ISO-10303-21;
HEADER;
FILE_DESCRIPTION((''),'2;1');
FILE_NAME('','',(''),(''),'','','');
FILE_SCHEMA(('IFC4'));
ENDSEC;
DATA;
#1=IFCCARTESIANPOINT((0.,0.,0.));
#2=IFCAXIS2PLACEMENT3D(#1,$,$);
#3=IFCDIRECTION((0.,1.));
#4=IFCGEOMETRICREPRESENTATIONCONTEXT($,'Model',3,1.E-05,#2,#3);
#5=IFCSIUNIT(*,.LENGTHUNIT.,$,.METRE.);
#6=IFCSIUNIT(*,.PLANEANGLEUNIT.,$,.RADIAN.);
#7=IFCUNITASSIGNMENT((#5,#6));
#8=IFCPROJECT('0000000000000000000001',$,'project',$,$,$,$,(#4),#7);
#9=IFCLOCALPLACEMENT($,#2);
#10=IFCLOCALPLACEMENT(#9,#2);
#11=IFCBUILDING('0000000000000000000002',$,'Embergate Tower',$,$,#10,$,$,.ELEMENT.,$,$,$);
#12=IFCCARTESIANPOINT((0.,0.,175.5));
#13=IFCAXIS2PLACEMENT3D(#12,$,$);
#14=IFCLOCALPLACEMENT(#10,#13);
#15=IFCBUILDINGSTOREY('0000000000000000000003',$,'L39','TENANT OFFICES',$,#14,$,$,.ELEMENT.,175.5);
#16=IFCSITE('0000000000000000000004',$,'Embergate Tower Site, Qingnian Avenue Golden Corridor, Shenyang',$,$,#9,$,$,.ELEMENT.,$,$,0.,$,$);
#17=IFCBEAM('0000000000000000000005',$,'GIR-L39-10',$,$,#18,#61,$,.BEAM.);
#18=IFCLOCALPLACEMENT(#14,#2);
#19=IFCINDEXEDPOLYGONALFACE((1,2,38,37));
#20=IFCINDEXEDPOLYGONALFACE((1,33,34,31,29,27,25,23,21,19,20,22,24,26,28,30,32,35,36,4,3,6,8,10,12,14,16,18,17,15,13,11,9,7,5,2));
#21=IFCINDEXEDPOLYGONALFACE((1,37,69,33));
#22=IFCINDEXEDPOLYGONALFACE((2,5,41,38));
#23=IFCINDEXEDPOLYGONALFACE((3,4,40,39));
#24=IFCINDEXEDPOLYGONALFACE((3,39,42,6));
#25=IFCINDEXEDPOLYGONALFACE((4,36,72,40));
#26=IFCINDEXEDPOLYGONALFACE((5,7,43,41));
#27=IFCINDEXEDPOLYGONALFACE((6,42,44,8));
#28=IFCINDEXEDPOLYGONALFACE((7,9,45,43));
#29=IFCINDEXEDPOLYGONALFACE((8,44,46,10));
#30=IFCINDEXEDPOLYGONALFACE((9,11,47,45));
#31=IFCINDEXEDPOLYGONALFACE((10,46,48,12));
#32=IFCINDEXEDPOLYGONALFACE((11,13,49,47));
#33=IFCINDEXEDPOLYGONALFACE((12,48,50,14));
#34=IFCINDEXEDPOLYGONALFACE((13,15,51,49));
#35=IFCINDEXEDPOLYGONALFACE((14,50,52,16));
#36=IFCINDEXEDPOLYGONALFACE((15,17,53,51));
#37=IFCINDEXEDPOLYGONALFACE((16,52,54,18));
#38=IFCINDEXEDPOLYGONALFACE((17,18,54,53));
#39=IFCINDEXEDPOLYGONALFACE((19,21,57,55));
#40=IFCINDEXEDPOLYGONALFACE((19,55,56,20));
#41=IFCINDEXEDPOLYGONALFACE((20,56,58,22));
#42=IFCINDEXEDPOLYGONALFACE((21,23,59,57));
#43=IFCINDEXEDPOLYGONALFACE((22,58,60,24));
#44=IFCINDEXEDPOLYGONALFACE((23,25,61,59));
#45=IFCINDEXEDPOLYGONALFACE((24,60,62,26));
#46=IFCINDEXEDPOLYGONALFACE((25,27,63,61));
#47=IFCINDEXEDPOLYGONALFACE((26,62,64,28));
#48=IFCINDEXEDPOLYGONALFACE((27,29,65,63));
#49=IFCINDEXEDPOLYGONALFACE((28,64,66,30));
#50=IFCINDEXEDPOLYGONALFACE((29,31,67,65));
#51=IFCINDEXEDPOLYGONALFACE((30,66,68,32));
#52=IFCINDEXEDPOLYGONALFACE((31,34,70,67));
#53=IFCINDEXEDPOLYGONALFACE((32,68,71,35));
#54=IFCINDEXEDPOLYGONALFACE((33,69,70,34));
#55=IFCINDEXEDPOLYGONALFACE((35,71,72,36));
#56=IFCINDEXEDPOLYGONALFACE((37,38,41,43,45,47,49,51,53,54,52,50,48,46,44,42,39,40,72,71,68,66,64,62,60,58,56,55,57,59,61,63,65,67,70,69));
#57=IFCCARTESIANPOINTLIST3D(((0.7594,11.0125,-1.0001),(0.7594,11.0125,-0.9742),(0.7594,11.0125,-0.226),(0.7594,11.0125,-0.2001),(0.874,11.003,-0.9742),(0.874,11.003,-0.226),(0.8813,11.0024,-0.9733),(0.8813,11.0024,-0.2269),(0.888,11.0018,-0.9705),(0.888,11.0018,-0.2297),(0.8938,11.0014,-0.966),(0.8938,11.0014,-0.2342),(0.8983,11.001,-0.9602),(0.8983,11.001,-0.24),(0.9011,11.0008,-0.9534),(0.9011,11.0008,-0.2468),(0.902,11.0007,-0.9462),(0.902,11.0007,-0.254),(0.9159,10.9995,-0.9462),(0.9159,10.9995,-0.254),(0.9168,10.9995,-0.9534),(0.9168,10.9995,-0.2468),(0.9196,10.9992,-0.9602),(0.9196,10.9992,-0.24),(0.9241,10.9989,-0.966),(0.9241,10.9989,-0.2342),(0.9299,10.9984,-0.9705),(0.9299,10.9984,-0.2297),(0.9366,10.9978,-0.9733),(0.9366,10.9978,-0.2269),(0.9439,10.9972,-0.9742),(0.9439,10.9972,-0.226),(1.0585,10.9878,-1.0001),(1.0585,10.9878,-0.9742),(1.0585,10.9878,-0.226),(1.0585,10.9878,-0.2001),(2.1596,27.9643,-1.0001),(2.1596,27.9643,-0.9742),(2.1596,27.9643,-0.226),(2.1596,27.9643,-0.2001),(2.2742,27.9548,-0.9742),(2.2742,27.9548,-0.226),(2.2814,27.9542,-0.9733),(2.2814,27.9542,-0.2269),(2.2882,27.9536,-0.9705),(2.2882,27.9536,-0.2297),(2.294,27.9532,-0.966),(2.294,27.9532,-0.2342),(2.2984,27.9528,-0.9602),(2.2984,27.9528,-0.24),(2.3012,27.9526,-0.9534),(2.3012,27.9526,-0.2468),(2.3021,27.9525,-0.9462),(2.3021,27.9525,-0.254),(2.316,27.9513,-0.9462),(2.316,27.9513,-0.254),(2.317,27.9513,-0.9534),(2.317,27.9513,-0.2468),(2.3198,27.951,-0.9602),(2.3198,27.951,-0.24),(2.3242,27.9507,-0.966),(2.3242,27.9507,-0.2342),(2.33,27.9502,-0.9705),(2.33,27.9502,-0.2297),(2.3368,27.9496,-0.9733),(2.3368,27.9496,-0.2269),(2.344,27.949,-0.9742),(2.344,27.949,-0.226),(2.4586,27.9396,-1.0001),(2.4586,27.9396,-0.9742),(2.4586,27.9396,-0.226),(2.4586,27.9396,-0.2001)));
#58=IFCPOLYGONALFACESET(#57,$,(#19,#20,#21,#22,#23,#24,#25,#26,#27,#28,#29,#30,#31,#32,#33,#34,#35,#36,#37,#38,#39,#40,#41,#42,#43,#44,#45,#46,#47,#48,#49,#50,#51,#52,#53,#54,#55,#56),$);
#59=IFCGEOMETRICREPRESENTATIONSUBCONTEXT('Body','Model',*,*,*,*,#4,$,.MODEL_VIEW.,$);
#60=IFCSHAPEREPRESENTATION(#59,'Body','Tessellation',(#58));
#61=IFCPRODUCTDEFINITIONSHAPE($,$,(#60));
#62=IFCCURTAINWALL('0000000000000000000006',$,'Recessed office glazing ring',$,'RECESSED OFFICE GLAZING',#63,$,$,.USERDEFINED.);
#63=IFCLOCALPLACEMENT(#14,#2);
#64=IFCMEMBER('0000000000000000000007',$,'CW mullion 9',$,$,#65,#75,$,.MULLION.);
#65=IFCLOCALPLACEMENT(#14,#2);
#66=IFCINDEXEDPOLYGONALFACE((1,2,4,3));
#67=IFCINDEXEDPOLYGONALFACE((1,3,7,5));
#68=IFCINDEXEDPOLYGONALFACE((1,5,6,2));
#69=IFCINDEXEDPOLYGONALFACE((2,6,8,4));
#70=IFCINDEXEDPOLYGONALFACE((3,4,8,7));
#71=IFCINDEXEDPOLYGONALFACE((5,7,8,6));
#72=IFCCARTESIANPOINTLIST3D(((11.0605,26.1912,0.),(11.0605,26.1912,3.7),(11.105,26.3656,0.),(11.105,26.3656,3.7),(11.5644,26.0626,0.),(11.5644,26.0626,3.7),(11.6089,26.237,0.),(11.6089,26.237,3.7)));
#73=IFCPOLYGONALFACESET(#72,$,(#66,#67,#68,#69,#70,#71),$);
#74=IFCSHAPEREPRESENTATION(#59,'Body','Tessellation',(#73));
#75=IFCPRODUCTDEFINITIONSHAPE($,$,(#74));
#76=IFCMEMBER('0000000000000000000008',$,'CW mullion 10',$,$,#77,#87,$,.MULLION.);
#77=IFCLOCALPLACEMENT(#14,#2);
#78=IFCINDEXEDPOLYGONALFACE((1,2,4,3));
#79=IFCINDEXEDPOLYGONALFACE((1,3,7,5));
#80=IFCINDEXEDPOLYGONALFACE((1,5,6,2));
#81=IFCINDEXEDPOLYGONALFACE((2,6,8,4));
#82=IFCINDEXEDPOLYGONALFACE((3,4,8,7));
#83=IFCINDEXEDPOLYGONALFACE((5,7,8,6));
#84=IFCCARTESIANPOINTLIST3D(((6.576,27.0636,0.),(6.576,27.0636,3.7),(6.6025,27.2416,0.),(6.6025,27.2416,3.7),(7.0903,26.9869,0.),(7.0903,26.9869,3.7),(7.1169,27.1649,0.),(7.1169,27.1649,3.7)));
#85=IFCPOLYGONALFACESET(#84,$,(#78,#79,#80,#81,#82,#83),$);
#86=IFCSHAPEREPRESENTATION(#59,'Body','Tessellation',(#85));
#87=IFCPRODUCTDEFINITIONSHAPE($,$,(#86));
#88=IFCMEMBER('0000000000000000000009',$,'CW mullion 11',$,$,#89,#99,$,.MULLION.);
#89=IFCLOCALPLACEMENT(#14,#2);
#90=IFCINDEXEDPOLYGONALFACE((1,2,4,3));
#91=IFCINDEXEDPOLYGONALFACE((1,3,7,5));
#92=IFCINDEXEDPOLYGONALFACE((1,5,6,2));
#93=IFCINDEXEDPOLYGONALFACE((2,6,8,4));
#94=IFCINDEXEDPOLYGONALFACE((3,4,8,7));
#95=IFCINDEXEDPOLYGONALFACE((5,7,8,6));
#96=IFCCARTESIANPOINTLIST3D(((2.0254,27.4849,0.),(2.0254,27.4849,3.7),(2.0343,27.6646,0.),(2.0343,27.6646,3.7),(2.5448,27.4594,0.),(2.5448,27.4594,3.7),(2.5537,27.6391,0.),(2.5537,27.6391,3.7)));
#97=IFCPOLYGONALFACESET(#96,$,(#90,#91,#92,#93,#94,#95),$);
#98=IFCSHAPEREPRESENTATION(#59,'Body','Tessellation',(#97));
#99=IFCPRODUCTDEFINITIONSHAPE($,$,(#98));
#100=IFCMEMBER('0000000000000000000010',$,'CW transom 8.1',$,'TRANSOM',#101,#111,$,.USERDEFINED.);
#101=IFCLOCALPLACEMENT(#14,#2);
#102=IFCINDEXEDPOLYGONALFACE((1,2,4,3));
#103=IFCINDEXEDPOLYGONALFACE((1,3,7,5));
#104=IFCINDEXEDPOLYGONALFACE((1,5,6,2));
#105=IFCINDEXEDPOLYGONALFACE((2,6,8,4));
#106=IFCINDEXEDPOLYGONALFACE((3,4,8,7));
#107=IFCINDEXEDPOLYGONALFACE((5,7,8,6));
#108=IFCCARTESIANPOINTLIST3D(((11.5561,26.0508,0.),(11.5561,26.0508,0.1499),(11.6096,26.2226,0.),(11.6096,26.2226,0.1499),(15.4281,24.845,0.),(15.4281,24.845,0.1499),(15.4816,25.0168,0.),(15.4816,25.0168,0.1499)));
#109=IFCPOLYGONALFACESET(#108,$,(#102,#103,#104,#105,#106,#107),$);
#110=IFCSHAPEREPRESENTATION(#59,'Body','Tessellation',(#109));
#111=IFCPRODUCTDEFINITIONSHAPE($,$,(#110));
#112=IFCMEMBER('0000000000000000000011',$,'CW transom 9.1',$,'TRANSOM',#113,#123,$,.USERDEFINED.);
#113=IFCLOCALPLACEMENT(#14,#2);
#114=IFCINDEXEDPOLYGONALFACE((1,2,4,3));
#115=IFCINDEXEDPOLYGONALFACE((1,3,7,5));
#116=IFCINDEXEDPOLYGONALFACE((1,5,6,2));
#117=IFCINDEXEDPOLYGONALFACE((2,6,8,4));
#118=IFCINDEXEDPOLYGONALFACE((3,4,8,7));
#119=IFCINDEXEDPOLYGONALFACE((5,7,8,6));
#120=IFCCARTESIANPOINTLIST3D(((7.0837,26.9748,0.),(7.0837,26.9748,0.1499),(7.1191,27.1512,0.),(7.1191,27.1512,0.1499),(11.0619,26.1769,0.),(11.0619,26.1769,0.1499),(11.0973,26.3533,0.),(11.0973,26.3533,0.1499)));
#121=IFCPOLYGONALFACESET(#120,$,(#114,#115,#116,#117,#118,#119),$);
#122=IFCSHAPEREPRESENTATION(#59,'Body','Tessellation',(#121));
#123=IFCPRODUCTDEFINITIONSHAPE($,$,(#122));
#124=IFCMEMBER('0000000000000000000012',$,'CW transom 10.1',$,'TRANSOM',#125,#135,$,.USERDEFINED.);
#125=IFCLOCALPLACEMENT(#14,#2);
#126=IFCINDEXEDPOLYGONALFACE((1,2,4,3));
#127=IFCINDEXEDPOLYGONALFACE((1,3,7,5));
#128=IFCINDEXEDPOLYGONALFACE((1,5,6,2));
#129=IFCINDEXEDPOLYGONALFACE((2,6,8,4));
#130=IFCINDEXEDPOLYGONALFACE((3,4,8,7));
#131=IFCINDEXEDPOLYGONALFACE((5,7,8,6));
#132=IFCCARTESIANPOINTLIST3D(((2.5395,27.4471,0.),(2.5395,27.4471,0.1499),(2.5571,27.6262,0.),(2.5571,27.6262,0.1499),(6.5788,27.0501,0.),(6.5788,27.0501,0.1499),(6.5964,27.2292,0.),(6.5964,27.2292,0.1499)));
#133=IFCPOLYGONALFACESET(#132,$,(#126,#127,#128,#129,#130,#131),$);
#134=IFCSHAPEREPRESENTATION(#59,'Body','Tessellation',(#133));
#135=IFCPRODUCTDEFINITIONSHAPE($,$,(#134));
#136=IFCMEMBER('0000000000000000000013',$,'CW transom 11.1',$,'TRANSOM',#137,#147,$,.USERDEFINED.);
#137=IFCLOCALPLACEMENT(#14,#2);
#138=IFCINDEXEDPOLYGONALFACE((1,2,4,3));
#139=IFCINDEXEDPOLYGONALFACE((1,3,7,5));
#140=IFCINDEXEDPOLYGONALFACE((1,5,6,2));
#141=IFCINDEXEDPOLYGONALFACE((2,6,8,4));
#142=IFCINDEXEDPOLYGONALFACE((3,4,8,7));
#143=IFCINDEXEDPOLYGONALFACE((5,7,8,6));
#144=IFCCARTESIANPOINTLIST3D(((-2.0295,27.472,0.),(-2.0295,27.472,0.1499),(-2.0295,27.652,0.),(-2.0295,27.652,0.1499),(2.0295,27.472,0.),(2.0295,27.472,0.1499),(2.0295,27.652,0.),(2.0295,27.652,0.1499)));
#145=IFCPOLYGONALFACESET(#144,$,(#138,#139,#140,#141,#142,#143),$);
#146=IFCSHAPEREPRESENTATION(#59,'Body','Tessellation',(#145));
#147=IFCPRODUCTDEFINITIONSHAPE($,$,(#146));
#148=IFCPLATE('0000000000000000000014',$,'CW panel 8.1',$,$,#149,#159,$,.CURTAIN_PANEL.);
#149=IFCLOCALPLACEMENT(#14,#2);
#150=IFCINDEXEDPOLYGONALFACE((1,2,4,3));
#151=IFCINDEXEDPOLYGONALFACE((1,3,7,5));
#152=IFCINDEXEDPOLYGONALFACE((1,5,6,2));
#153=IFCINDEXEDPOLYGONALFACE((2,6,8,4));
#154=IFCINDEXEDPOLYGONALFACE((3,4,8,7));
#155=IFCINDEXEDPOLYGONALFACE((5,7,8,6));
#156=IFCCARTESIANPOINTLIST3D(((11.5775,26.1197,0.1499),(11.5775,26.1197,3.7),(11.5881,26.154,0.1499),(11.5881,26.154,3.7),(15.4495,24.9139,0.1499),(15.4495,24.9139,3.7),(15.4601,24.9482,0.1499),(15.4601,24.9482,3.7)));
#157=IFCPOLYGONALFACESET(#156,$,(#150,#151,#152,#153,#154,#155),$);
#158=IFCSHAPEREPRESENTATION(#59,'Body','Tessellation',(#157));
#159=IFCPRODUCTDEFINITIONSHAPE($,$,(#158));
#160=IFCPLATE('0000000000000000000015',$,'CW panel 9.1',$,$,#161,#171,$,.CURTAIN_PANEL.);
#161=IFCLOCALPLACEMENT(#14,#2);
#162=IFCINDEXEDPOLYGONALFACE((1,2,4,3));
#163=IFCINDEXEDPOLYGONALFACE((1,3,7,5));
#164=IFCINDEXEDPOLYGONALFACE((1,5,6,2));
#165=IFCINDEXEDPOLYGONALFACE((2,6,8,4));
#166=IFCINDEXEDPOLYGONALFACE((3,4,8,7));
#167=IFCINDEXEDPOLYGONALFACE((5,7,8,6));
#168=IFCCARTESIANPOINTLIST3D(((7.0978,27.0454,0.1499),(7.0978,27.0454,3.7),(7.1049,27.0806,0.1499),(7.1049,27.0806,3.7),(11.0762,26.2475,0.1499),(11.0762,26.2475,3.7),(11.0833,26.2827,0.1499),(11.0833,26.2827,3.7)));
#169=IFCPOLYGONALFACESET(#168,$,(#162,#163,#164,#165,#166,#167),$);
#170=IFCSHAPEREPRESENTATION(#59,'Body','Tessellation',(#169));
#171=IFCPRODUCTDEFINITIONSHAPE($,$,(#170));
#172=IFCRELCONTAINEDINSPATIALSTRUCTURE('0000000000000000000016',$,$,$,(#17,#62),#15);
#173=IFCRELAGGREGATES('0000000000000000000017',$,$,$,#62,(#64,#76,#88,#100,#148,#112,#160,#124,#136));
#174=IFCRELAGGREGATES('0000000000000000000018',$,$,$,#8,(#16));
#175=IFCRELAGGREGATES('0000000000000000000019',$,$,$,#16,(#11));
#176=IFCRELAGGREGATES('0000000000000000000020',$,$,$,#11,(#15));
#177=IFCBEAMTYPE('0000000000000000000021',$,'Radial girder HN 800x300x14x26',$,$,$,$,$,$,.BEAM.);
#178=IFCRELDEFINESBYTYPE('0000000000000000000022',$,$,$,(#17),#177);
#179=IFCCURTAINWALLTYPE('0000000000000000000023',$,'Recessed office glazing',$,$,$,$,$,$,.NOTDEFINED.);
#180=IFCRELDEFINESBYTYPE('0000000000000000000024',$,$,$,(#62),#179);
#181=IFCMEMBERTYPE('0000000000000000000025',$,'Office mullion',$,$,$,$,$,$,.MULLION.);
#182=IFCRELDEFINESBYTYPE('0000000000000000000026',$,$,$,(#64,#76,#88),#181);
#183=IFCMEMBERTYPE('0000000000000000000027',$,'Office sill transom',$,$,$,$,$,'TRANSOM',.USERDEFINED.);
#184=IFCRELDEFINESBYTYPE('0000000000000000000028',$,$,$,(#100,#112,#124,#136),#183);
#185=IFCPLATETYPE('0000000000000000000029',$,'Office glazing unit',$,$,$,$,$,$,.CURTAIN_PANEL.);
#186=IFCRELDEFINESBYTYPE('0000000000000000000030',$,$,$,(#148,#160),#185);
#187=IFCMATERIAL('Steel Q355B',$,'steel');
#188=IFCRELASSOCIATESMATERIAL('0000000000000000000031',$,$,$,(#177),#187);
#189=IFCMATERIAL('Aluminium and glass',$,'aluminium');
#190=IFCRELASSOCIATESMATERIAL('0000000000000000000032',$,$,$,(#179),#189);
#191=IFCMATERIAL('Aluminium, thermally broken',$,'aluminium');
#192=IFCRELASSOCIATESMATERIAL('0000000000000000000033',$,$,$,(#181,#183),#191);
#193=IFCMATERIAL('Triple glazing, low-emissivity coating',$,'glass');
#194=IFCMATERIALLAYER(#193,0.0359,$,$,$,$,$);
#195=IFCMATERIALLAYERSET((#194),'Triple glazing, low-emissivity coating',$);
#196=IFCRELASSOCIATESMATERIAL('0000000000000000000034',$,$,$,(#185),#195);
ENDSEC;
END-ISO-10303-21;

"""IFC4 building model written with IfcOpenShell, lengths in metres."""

from ifc_helpers import new_model, si_unit, direction, frame, origin, origin_2d, place, context, subcontext, project, spatial, rectangle, i_section, extrude, source, transform, mapped, material, layer, layer_set, material_profile, profile_set, type_object, element, aggregate, save


model = new_model("IFC4")

# Units and contexts
model_context = context("Model", 3, precision=1e-05, world=origin(), true_north=direction((0.0, 1.0)))
body_context = subcontext(model_context, "Body", "Model", "MODEL_VIEW")
ifc_project = project(units=[si_unit("LENGTHUNIT", "METRE"), si_unit("PLANEANGLEUNIT", "RADIAN")], contexts=[model_context])

# Site, building, storey
site_placement = place(None, origin())
site = spatial("IfcSite", under=ifc_project, at=site_placement, Name="Embergate Tower Site, Qingnian Avenue Golden Corridor, Shenyang", CompositionType="ELEMENT", RefElevation=0.0)
building_placement = place(site_placement, origin())
building = spatial("IfcBuilding", under=site, at=building_placement, Name="Embergate Tower", CompositionType="ELEMENT")
storey_placement = place(building_placement, frame((0.0, 0.0, 175.5)))
storey = spatial("IfcBuildingStorey", under=building, at=storey_placement, Name="L39", Description="TENANT OFFICES", CompositionType="ELEMENT", Elevation=175.5)

# Beam
ifc_material_1 = material(Name="Steel Q355B", Category="steel")
ifc_material_profile_1 = material_profile(ifc_material_1, i_section(OverallWidth=0.3, OverallDepth=0.8, WebThickness=0.0139, FlangeThickness=0.0259, FilletRadius=0.0281, at=origin_2d()), Name="HN 800x300x14x26")
ifc_profile_set_1 = profile_set([ifc_material_profile_1], Name="Steel Q355 grade B")
beam_type_1 = type_object("IfcBeamType", Name="Radial girder HN 800x300x14x26", PredefinedType="BEAM", material=ifc_profile_set_1)
shared_shape_1 = source(origin(), body_context, "Body", "SweptSolid", [
    extrude(i_section(OverallWidth=0.3, OverallDepth=0.8, WebThickness=0.0139, FlangeThickness=0.0259, FilletRadius=0.0281, at=origin_2d()), origin(), (0.0, 0.0, 1.0), 17.0095),
])
beam_1_placement = place(storey_placement, frame((2.3091, 27.9519, -0.6001), z_axis=(-0.082315, -0.996606, 0.0), x_axis=(0.996606, -0.082315, 0.0)))
element("IfcBeam", 1, at=beam_1_placement, inside=storey, type_object=beam_type_1, Name="GIR-L39-10", PredefinedType="BEAM", context=body_context, shape_type="MappedRepresentation", body=[
    mapped(shared_shape_1, transform((0.0, 0.0, 0.0))),
])

# Curtain wall, members, plates
ifc_material_2 = material(Name="Aluminium and glass", Category="aluminium")
curtain_wall_type = type_object("IfcCurtainWallType", Name="Recessed office glazing", PredefinedType="NOTDEFINED", material=ifc_material_2)
curtain_wall_placement = place(storey_placement, origin())
curtain_wall = element("IfcCurtainWall", 2, at=curtain_wall_placement, inside=storey, type_object=curtain_wall_type, Name="Recessed office glazing ring", ObjectType="RECESSED OFFICE GLAZING", PredefinedType="USERDEFINED")
ifc_material_3 = material(Name="Aluminium, thermally broken", Category="aluminium")
ifc_material_profile_2 = material_profile(ifc_material_3, rectangle(XDim=0.1799, YDim=0.52, at=origin_2d()), Name="AL 520x180")
ifc_profile_set_2 = profile_set([ifc_material_profile_2], Name="Aluminium, thermally broken")
member_type_1 = type_object("IfcMemberType", Name="Office mullion", PredefinedType="MULLION", material=ifc_profile_set_2)
shared_shape_2 = source(origin(), body_context, "Body", "SweptSolid", [
    extrude(rectangle(XDim=0.1799, YDim=0.52, at=origin_2d()), origin(), (0.0, 0.0, 1.0), 3.7),
])
member_1_placement = place(storey_placement, frame((11.3347, 26.2141, 0.0), z_axis=(0.0, 0.0, 1.0), x_axis=(-0.247308, -0.968937, 0.0)))
member_1 = element("IfcMember", 3, at=member_1_placement, type_object=member_type_1, Name="CW mullion 9", PredefinedType="MULLION", context=body_context, shape_type="MappedRepresentation", body=[
    mapped(shared_shape_2, transform((0.0, 0.0, 0.0))),
])
member_2_placement = place(storey_placement, frame((6.8464, 27.1143, 0.0), z_axis=(0.0, 0.0, 1.0), x_axis=(-0.147409, -0.989076, 0.0)))
member_2 = element("IfcMember", 4, at=member_2_placement, type_object=member_type_1, Name="CW mullion 10", PredefinedType="MULLION", context=body_context, shape_type="MappedRepresentation", body=[
    mapped(shared_shape_2, transform((0.0, 0.0, 0.0))),
])
member_3_placement = place(storey_placement, frame((2.2896, 27.562, 0.0), z_axis=(0.0, 0.0, 1.0), x_axis=(-0.04897, -0.9988, 0.0)))
member_3 = element("IfcMember", 5, at=member_3_placement, type_object=member_type_1, Name="CW mullion 11", PredefinedType="MULLION", context=body_context, shape_type="MappedRepresentation", body=[
    mapped(shared_shape_2, transform((0.0, 0.0, 0.0))),
])
ifc_material_profile_3 = material_profile(ifc_material_3, rectangle(XDim=0.1799, YDim=0.1499, at=origin_2d()), Name="AL 150x180")
ifc_profile_set_3 = profile_set([ifc_material_profile_3], Name="Aluminium, thermally broken")
member_type_2 = type_object("IfcMemberType", Name="Office sill transom", ElementType="TRANSOM", PredefinedType="USERDEFINED", material=ifc_profile_set_3)
shared_shape_3 = source(origin(), body_context, "Body", "SweptSolid", [
    extrude(rectangle(XDim=0.1799, YDim=0.1499, at=origin_2d()), origin(), (0.0, 0.0, 1.0), 4.0554),
])
member_4_placement = place(storey_placement, frame((15.4548, 24.9309, 0.075), z_axis=(-0.954775, 0.297329, 0.0), x_axis=(-0.297329, -0.954775, 0.0)))
member_4 = element("IfcMember", 6, at=member_4_placement, type_object=member_type_2, Name="CW transom 8.1", ObjectType="TRANSOM", PredefinedType="USERDEFINED", context=body_context, shape_type="MappedRepresentation", body=[
    mapped(shared_shape_3, transform((0.0, 0.0, 0.0))),
])
shared_shape_4 = source(origin(), body_context, "Body", "SweptSolid", [
    extrude(rectangle(XDim=0.1799, YDim=0.1499, at=origin_2d()), origin(), (0.0, 0.0, 1.0), 4.0574),
])
member_5_placement = place(storey_placement, frame((11.0796, 26.2651, 0.075), z_axis=(-0.980476, 0.196637, 0.0), x_axis=(-0.196637, -0.980476, 0.0)))
member_5 = element("IfcMember", 7, at=member_5_placement, type_object=member_type_2, Name="CW transom 9.1", ObjectType="TRANSOM", PredefinedType="USERDEFINED", context=body_context, shape_type="MappedRepresentation", body=[
    mapped(shared_shape_4, transform((0.0, 0.0, 0.0))),
])
shared_shape_5 = source(origin(), body_context, "Body", "SweptSolid", [
    extrude(rectangle(XDim=0.1799, YDim=0.1499, at=origin_2d()), origin(), (0.0, 0.0, 1.0), 4.0588),
])
member_6_placement = place(storey_placement, frame((6.5876, 27.1396, 0.075), z_axis=(-0.995205, 0.097806, 0.0), x_axis=(-0.097806, -0.995205, 0.0)))
member_6 = element("IfcMember", 8, at=member_6_placement, type_object=member_type_2, Name="CW transom 10.1", ObjectType="TRANSOM", PredefinedType="USERDEFINED", context=body_context, shape_type="MappedRepresentation", body=[
    mapped(shared_shape_5, transform((0.0, 0.0, 0.0))),
])
shared_shape_6 = source(origin(), body_context, "Body", "SweptSolid", [
    extrude(rectangle(XDim=0.1799, YDim=0.1499, at=origin_2d()), origin(), (0.0, 0.0, 1.0), 4.0591),
])
member_7_placement = place(storey_placement, frame((2.0295, 27.562, 0.075), z_axis=(-1.0, 0.0, 0.0), x_axis=(0.0, -1.0, 0.0)))
member_7 = element("IfcMember", 9, at=member_7_placement, type_object=member_type_2, Name="CW transom 11.1", ObjectType="TRANSOM", PredefinedType="USERDEFINED", context=body_context, shape_type="MappedRepresentation", body=[
    mapped(shared_shape_6, transform((0.0, 0.0, 0.0))),
])
ifc_material_4 = material(Name="Triple glazing, low-emissivity coating", Category="glass")
ifc_layer_1 = layer(ifc_material_4, 0.0359)
ifc_layer_set_1 = layer_set([ifc_layer_1], Name="Triple glazing, low-emissivity coating")
plate_type = type_object("IfcPlateType", Name="Office glazing unit", PredefinedType="CURTAIN_PANEL", material=ifc_layer_set_1)
shared_shape_7 = source(origin(), body_context, "Body", "SweptSolid", [
    extrude(rectangle(XDim=4.0554, YDim=0.0359, at=origin_2d()), origin(), (0.0, 0.0, 1.0), 3.55),
])
plate_1_placement = place(storey_placement, frame((13.5188, 25.5339, 0.1499), z_axis=(0.0, 0.0, 1.0), x_axis=(-0.954773, 0.297335, 0.0)))
plate_1 = element("IfcPlate", 10, at=plate_1_placement, type_object=plate_type, Name="CW panel 8.1", PredefinedType="CURTAIN_PANEL", context=body_context, shape_type="MappedRepresentation", body=[
    mapped(shared_shape_7, transform((0.0, 0.0, 0.0))),
])
shared_shape_8 = source(origin(), body_context, "Body", "SweptSolid", [
    extrude(rectangle(XDim=4.0576, YDim=0.0359, at=origin_2d()), origin(), (0.0, 0.0, 1.0), 3.55),
])
plate_2_placement = place(storey_placement, frame((9.0906, 26.6641, 0.1499), z_axis=(0.0, 0.0, 1.0), x_axis=(-0.980476, 0.196638, 0.0)))
plate_2 = element("IfcPlate", 11, at=plate_2_placement, type_object=plate_type, Name="CW panel 9.1", PredefinedType="CURTAIN_PANEL", context=body_context, shape_type="MappedRepresentation", body=[
    mapped(shared_shape_8, transform((0.0, 0.0, 0.0))),
])
aggregate(curtain_wall, [member_1, member_2, member_3, member_4, plate_1, member_5, plate_2, member_6, member_7])

save(model, "model.ifc")
